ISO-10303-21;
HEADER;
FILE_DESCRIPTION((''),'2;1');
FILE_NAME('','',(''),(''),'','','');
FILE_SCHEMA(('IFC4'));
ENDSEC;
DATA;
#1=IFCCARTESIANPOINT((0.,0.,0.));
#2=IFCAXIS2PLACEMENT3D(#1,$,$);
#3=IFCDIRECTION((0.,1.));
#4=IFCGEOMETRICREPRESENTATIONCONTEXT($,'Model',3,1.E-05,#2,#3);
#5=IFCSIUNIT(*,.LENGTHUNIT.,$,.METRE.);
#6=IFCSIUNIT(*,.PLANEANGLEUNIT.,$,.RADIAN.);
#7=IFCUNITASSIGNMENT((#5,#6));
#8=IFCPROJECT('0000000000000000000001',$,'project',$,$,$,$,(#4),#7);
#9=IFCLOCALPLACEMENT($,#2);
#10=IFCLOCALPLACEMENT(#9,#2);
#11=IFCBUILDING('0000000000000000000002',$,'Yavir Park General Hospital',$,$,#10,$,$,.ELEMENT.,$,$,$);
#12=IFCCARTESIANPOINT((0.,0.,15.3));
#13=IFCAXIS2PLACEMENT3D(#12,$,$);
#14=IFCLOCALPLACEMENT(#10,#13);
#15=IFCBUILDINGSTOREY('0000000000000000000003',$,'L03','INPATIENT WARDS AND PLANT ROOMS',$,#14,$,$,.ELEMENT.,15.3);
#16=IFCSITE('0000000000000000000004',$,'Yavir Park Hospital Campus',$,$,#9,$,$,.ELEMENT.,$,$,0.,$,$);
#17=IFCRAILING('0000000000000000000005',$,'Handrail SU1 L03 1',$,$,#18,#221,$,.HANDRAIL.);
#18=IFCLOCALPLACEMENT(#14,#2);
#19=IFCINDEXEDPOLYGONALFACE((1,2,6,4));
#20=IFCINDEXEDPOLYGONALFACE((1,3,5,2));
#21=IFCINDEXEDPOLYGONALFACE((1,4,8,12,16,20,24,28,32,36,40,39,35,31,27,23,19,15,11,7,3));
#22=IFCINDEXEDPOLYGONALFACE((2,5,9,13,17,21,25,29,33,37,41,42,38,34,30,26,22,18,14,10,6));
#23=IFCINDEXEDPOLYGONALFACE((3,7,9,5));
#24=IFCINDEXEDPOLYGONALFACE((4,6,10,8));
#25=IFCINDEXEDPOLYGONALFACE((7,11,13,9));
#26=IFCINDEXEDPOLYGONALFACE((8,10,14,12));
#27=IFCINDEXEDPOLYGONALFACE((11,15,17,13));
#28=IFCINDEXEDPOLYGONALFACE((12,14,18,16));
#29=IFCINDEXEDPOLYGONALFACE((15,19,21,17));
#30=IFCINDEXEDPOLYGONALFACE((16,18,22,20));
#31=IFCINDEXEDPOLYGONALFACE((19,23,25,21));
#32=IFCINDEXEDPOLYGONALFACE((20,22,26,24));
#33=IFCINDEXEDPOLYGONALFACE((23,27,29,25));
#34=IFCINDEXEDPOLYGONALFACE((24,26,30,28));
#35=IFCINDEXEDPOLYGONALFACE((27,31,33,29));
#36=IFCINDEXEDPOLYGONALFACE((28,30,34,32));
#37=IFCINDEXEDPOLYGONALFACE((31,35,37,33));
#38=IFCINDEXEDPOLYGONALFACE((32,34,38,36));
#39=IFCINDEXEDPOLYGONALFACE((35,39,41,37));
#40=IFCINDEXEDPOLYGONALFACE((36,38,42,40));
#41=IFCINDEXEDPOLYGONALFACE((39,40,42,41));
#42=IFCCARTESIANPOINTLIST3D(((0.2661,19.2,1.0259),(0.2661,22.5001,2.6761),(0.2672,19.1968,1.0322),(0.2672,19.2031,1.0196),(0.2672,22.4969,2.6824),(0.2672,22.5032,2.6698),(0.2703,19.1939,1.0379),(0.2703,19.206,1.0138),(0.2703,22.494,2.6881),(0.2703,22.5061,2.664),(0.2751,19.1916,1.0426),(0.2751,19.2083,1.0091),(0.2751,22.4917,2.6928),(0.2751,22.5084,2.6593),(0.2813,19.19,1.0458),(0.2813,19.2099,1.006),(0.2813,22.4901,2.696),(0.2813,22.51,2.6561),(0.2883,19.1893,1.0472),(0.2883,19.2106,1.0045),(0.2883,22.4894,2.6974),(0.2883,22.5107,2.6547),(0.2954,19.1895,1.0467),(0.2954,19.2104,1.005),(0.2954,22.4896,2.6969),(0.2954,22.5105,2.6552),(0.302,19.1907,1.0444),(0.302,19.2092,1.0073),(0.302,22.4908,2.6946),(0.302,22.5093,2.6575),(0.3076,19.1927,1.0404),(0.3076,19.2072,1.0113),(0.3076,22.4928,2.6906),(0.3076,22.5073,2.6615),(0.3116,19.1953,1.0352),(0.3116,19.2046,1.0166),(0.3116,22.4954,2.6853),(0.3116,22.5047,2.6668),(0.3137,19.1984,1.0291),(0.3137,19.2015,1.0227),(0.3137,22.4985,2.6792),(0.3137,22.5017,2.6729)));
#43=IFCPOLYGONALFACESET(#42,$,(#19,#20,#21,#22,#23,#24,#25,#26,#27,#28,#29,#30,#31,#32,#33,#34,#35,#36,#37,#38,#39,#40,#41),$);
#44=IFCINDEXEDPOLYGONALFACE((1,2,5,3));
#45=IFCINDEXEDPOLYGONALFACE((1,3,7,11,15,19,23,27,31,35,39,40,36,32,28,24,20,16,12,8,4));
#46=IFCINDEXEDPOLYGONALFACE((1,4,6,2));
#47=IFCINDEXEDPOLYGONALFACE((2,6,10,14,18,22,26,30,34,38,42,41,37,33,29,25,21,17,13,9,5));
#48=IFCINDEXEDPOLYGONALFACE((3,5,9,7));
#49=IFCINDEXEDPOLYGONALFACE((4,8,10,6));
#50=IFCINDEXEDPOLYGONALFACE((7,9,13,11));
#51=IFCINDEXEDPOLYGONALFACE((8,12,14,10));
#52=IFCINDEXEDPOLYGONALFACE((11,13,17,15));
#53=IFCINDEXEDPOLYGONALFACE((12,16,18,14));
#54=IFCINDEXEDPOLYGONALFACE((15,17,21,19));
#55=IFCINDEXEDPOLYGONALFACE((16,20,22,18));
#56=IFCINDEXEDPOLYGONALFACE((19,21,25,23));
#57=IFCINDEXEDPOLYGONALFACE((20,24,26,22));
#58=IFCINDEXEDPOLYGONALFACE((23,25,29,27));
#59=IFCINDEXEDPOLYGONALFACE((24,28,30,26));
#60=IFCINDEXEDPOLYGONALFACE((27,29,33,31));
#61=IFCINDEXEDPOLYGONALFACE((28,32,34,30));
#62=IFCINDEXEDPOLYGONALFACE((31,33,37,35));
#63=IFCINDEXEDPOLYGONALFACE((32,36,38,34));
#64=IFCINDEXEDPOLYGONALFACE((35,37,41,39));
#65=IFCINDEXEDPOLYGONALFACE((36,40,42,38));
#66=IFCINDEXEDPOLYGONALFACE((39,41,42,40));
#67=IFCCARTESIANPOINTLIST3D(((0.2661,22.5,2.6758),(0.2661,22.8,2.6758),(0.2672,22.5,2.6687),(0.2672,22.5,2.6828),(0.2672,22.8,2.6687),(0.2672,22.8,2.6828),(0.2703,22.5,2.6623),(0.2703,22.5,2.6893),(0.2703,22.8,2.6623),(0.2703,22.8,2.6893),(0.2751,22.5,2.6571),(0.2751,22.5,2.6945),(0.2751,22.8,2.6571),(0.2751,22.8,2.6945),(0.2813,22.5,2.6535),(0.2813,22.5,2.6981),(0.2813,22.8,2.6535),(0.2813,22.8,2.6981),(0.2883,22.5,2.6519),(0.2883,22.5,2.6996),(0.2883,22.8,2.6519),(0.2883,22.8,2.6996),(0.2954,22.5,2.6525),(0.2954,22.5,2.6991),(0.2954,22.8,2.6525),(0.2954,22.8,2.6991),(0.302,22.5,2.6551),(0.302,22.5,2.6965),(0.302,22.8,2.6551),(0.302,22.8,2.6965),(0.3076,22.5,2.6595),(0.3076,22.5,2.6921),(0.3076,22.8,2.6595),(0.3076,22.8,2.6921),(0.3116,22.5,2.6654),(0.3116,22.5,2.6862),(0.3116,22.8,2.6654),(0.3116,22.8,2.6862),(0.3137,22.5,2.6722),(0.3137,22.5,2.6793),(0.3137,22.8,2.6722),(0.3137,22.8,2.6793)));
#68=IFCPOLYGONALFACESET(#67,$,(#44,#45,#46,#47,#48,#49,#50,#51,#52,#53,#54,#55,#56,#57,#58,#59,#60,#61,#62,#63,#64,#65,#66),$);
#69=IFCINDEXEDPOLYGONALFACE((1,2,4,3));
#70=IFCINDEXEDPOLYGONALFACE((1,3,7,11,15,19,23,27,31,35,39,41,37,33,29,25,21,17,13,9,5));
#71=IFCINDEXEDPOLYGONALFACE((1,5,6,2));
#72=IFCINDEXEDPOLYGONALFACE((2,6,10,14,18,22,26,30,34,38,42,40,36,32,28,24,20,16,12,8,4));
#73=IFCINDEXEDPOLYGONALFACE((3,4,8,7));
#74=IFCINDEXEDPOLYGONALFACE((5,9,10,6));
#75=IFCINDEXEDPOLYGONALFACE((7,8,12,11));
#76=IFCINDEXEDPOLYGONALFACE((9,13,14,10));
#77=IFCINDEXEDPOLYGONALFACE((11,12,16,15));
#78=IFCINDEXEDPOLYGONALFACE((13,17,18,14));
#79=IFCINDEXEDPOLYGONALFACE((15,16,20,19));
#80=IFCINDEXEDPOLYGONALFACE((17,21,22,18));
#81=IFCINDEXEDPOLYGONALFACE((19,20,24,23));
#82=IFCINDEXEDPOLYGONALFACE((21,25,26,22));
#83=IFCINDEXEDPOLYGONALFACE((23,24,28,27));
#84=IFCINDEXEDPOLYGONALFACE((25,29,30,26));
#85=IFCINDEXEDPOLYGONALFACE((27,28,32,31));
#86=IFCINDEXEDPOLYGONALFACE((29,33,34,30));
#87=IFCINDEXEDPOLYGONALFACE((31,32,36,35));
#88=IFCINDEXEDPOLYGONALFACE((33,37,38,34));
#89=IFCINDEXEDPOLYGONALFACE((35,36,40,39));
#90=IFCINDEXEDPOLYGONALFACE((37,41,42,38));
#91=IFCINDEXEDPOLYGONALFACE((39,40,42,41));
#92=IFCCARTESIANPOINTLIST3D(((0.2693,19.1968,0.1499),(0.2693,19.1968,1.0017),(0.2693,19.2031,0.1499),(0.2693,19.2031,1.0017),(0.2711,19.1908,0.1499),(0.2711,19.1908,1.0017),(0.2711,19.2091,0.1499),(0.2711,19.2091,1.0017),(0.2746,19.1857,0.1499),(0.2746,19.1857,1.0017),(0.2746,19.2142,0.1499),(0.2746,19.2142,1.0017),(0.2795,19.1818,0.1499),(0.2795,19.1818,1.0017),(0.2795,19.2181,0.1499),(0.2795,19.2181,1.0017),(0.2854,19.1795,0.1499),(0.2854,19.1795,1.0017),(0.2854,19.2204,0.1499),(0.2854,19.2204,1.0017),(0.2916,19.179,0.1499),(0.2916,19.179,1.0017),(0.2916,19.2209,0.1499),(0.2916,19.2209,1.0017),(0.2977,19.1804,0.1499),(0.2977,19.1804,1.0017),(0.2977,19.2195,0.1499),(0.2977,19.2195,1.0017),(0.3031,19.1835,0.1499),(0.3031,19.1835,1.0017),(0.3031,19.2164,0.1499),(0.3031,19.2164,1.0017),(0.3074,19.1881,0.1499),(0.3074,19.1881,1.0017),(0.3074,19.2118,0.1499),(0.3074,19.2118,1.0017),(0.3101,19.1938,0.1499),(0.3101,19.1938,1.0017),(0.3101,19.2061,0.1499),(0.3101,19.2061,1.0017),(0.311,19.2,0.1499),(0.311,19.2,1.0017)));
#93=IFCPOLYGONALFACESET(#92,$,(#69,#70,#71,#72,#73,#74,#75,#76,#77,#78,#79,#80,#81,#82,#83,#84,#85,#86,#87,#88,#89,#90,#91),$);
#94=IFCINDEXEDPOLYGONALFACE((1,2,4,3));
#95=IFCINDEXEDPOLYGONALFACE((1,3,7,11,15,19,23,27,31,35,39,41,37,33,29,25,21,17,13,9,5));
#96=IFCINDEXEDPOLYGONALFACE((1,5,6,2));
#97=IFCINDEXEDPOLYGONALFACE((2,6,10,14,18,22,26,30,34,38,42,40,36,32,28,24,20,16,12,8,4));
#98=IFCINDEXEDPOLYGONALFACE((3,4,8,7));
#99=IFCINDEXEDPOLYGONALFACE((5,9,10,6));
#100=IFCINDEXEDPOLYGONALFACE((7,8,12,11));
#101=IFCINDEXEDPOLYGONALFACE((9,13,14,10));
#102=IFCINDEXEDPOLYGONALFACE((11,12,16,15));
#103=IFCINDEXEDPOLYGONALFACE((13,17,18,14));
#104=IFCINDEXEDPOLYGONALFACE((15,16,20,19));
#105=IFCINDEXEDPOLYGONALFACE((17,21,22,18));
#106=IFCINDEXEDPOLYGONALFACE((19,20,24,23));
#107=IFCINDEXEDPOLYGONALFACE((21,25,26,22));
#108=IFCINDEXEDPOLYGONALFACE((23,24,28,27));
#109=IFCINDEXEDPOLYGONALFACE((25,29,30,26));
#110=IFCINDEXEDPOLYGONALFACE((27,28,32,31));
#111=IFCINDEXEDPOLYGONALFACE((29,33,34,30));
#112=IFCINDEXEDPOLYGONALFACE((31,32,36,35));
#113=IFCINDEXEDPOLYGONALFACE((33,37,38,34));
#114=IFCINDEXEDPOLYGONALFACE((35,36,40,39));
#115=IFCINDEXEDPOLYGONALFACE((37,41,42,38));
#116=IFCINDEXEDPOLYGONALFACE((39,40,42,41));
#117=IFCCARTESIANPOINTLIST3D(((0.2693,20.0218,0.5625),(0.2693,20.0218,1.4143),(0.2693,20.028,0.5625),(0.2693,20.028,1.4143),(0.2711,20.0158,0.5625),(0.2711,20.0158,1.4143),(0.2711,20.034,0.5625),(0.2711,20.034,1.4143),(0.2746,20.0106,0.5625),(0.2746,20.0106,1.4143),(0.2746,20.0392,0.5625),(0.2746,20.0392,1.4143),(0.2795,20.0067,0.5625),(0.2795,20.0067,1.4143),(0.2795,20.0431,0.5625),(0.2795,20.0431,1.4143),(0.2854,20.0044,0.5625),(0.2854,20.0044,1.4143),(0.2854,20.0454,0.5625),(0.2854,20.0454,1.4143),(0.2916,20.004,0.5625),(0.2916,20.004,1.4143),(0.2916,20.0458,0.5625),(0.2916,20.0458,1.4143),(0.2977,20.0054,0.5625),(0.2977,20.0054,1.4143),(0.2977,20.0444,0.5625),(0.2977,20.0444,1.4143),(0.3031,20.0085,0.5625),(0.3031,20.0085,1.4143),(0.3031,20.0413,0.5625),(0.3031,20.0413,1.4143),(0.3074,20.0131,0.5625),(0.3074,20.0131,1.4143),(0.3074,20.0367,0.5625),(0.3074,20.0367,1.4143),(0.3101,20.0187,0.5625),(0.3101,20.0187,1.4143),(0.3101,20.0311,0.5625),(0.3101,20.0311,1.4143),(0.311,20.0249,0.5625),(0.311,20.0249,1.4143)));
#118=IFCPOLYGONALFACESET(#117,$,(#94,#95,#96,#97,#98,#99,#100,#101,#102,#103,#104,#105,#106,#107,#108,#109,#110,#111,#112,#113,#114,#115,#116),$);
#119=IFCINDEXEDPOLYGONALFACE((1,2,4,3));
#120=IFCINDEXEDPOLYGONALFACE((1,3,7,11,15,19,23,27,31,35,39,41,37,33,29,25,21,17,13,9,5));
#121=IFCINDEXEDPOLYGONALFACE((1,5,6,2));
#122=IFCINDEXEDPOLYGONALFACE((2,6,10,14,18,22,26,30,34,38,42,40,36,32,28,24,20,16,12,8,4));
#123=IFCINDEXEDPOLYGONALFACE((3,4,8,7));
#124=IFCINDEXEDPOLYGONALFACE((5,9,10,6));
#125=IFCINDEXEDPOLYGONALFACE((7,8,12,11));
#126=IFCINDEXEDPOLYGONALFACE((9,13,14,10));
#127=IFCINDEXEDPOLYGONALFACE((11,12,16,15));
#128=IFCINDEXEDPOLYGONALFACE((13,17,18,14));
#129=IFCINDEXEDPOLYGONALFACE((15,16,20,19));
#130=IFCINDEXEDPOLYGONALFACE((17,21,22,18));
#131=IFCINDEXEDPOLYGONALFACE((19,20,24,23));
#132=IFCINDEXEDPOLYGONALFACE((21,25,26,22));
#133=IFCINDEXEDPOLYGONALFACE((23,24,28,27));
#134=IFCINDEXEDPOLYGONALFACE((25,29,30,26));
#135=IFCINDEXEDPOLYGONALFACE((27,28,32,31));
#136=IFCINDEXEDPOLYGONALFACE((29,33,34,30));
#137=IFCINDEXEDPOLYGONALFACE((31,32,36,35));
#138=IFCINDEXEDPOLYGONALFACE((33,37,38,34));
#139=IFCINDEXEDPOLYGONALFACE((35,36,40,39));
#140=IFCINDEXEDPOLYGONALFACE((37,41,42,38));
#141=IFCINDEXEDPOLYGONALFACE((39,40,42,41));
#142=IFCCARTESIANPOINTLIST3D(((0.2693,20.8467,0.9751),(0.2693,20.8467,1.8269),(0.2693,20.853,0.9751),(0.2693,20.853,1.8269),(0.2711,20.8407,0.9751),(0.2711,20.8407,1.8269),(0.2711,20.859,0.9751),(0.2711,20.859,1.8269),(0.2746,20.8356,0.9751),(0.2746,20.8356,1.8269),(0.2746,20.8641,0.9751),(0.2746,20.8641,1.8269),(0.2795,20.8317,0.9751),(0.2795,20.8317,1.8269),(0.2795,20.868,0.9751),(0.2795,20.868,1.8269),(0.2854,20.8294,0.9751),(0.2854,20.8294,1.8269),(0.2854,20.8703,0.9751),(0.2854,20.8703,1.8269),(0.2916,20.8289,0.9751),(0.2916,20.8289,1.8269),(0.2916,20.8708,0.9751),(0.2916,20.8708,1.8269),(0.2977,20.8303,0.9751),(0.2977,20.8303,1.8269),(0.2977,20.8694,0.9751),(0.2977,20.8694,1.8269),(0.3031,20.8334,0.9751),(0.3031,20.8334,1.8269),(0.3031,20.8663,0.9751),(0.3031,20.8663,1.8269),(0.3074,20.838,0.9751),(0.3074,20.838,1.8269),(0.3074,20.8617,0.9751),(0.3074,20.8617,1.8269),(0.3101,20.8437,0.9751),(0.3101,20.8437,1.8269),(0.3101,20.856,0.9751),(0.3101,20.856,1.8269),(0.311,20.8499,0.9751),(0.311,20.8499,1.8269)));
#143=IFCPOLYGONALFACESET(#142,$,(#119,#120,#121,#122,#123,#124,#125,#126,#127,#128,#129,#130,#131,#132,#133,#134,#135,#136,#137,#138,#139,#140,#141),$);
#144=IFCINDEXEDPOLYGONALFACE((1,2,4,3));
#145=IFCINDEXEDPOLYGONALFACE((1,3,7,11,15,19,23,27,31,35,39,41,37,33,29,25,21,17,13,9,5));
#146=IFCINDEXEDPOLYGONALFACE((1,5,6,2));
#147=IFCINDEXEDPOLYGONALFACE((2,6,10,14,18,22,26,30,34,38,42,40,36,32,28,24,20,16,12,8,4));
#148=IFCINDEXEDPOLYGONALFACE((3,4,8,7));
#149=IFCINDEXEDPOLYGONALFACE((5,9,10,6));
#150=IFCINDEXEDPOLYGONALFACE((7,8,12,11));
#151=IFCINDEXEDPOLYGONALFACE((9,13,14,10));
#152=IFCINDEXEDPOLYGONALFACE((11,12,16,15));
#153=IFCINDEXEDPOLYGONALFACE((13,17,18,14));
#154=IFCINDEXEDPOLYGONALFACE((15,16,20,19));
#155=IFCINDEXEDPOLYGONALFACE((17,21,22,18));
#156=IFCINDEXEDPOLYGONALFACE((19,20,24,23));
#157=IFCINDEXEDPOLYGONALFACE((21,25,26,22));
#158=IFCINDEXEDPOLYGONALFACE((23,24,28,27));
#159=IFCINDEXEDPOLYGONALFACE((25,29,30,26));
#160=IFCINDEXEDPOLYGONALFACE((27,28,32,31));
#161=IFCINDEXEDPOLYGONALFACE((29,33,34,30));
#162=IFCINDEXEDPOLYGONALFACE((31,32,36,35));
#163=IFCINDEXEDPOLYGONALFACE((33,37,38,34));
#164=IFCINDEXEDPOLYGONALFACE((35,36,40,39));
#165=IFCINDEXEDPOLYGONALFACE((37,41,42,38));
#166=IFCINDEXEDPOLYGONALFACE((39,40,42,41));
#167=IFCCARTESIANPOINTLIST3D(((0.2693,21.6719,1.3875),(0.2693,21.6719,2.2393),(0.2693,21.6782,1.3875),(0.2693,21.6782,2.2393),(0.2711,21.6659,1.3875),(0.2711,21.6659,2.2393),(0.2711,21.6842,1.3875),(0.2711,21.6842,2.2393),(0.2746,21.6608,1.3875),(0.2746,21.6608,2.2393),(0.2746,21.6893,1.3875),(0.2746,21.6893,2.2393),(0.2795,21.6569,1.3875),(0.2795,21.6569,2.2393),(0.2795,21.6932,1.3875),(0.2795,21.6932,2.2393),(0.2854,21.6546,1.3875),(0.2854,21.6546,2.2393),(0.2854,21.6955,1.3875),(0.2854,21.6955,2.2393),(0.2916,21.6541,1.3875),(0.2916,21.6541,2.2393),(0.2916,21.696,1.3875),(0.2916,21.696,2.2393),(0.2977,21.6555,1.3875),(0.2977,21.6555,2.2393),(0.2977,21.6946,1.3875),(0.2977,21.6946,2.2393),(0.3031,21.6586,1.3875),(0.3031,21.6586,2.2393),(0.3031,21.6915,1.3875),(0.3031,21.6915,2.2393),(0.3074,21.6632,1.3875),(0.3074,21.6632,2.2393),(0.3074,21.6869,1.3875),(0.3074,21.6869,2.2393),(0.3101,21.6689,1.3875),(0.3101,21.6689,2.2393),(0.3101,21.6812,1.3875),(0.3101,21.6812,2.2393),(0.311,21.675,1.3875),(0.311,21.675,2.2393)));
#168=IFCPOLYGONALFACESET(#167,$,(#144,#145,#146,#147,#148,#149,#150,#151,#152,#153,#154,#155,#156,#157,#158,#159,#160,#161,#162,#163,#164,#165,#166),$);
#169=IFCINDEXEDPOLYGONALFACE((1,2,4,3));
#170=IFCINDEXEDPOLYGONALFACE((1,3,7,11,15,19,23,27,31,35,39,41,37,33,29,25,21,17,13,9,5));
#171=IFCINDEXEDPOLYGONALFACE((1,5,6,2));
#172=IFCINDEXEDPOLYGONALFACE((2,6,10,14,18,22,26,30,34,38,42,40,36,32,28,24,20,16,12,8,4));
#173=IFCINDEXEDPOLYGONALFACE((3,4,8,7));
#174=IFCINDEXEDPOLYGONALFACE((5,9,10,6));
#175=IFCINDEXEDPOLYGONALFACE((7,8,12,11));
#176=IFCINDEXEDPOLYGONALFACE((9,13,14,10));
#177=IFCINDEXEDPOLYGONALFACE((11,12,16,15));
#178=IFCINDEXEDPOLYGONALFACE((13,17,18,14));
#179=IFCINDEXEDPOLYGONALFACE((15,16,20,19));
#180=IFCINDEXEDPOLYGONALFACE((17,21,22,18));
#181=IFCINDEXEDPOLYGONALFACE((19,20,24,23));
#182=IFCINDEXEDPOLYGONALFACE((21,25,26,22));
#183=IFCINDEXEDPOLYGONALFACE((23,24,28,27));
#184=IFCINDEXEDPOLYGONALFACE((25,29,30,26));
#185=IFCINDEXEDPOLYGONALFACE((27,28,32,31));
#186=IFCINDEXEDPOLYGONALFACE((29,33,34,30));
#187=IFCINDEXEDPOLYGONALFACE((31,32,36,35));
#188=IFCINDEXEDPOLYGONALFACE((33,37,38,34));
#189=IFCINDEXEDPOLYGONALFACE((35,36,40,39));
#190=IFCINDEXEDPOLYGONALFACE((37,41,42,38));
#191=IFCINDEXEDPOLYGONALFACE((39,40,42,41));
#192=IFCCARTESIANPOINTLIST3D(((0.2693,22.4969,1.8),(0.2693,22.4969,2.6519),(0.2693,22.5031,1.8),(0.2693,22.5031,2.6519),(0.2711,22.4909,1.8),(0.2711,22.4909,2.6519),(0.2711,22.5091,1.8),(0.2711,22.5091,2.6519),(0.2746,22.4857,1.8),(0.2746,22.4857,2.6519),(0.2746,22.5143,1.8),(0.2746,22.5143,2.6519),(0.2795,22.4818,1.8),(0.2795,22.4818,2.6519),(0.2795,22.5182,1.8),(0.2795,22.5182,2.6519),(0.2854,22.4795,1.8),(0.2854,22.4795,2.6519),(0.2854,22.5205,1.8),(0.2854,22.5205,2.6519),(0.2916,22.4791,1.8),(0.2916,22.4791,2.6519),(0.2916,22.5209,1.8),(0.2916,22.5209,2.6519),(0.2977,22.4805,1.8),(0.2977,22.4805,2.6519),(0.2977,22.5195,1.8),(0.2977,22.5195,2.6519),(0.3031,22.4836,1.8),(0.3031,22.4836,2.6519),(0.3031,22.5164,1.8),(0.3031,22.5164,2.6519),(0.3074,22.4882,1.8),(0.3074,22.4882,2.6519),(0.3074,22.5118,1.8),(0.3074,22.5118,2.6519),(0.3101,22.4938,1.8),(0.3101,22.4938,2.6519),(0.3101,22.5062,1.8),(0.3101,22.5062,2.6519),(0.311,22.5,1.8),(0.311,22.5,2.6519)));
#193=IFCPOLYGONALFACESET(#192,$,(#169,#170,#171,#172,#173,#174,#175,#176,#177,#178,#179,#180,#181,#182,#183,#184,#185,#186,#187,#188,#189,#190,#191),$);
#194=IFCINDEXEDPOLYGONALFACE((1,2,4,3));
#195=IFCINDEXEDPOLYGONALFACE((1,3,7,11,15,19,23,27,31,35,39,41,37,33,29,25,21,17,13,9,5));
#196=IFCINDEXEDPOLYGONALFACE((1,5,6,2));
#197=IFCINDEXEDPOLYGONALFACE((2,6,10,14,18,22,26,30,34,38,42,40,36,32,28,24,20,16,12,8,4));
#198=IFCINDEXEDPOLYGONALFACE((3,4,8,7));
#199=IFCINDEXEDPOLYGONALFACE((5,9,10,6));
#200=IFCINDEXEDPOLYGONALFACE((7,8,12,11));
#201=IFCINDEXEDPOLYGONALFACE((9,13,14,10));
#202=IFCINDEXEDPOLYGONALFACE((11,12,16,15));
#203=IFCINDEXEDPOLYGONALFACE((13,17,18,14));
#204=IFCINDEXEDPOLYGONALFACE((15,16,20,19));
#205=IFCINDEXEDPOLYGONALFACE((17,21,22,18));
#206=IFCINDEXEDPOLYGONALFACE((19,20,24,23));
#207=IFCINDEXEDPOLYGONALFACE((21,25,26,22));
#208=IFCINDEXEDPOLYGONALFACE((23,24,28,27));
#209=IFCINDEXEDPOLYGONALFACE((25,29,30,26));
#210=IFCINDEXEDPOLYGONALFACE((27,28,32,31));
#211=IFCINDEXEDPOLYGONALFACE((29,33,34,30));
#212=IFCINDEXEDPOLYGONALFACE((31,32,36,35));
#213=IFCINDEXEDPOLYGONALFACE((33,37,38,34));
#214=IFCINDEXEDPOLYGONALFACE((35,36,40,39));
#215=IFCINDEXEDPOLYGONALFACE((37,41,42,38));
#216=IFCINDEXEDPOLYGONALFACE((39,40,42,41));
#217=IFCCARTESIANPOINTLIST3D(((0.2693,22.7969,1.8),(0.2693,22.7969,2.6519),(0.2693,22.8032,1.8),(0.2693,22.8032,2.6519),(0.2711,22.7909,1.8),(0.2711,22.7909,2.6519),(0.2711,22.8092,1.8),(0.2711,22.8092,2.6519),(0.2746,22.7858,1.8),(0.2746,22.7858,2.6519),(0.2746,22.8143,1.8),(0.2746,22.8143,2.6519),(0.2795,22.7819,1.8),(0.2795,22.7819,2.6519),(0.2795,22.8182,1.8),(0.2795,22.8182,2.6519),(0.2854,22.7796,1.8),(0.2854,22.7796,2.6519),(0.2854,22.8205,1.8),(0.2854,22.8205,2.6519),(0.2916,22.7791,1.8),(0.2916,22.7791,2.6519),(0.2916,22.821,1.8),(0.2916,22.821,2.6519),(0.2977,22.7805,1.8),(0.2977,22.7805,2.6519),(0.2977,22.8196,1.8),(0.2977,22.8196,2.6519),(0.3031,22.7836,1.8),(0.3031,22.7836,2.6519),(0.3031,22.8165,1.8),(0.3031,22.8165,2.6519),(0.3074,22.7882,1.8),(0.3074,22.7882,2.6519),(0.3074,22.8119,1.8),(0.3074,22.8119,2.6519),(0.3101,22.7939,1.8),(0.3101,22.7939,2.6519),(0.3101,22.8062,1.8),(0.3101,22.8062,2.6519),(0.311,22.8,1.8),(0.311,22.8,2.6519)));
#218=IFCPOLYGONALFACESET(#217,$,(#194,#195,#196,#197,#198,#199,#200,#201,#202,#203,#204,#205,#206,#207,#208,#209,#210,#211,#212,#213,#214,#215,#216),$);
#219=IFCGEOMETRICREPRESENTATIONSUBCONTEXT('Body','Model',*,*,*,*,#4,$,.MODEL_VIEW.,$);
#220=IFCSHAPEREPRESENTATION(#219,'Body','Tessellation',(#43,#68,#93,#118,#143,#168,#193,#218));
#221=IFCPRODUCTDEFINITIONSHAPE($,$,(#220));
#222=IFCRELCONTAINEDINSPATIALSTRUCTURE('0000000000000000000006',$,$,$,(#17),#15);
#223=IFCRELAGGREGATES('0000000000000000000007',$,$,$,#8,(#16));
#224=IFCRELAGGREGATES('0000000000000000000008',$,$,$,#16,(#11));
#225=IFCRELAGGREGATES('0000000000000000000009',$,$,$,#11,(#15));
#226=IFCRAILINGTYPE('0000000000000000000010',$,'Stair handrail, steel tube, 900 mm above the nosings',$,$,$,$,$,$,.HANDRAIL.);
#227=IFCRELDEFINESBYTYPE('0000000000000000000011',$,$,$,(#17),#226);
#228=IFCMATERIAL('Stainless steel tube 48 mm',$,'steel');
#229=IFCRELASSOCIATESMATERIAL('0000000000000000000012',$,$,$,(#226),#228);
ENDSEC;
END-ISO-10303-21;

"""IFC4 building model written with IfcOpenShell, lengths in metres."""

from ifc_helpers import new_model, si_unit, direction, frame, origin, origin_2d, place, context, subcontext, project, spatial, circle, extrude, material, type_object, element, save


model = new_model("IFC4")

# Units and contexts
model_context = context("Model", 3, precision=1e-05, world=origin(), true_north=direction((0.0, 1.0)))
body_context = subcontext(model_context, "Body", "Model", "MODEL_VIEW")
ifc_project = project(units=[si_unit("LENGTHUNIT", "METRE"), si_unit("PLANEANGLEUNIT", "RADIAN")], contexts=[model_context])

# Site, building, storey
site_placement = place(None, origin())
site = spatial("IfcSite", under=ifc_project, at=site_placement, Name="Yavir Park Hospital Campus", CompositionType="ELEMENT", RefElevation=0.0)
building_placement = place(site_placement, origin())
building = spatial("IfcBuilding", under=site, at=building_placement, Name="Yavir Park General Hospital", CompositionType="ELEMENT")
storey_placement = place(building_placement, frame((0.0, 0.0, 15.3)))
storey = spatial("IfcBuildingStorey", under=building, at=storey_placement, Name="L03", Description="INPATIENT WARDS AND PLANT ROOMS", CompositionType="ELEMENT", Elevation=15.3)

# Railing
ifc_material_1 = material(Name="Stainless steel tube 48 mm", Category="steel")
railing_type_1 = type_object("IfcRailingType", Name="Stair handrail, steel tube, 900 mm above the nosings", PredefinedType="HANDRAIL", material=ifc_material_1)
railing_1_placement = place(storey_placement, frame((0.29, 19.2, 0.1499)))
element("IfcRailing", 1, at=railing_1_placement, inside=storey, type_object=railing_type_1, Name="Handrail SU1 L03 1", PredefinedType="HANDRAIL", context=body_context, shape_type="SweptSolid", body=[
    extrude(circle(Radius=0.0239, at=origin_2d()), frame((0.0, 0.0, 0.876), z_axis=(0.0, 0.894414, 0.44724), x_axis=(-1.0, 0.0, 0.0)), (0.0, 0.0, 1.0), 3.6897),
    extrude(circle(Radius=0.0239, at=origin_2d()), frame((0.0, 3.3, 2.5259), z_axis=(0.0, 1.0, 0.0), x_axis=(-1.0, 0.0, 0.0)), (0.0, 0.0, 1.0), 0.3),
    extrude(circle(Radius=0.021, at=origin_2d()), origin(), (0.0, 0.0, 1.0), 0.8518),
    extrude(circle(Radius=0.021, at=origin_2d()), frame((0.0, 0.825, 0.4126)), (0.0, 0.0, 1.0), 0.8518),
    extrude(circle(Radius=0.021, at=origin_2d()), frame((0.0, 1.6499, 0.8252)), (0.0, 0.0, 1.0), 0.8518),
    extrude(circle(Radius=0.021, at=origin_2d()), frame((0.0, 2.4751, 1.2375)), (0.0, 0.0, 1.0), 0.8518),
    extrude(circle(Radius=0.021, at=origin_2d()), frame((0.0, 3.3, 1.6501)), (0.0, 0.0, 1.0), 0.8518),
    extrude(circle(Radius=0.021, at=origin_2d()), frame((0.0, 3.6001, 1.6501)), (0.0, 0.0, 1.0), 0.8518),
])

save(model, "model.ifc")
